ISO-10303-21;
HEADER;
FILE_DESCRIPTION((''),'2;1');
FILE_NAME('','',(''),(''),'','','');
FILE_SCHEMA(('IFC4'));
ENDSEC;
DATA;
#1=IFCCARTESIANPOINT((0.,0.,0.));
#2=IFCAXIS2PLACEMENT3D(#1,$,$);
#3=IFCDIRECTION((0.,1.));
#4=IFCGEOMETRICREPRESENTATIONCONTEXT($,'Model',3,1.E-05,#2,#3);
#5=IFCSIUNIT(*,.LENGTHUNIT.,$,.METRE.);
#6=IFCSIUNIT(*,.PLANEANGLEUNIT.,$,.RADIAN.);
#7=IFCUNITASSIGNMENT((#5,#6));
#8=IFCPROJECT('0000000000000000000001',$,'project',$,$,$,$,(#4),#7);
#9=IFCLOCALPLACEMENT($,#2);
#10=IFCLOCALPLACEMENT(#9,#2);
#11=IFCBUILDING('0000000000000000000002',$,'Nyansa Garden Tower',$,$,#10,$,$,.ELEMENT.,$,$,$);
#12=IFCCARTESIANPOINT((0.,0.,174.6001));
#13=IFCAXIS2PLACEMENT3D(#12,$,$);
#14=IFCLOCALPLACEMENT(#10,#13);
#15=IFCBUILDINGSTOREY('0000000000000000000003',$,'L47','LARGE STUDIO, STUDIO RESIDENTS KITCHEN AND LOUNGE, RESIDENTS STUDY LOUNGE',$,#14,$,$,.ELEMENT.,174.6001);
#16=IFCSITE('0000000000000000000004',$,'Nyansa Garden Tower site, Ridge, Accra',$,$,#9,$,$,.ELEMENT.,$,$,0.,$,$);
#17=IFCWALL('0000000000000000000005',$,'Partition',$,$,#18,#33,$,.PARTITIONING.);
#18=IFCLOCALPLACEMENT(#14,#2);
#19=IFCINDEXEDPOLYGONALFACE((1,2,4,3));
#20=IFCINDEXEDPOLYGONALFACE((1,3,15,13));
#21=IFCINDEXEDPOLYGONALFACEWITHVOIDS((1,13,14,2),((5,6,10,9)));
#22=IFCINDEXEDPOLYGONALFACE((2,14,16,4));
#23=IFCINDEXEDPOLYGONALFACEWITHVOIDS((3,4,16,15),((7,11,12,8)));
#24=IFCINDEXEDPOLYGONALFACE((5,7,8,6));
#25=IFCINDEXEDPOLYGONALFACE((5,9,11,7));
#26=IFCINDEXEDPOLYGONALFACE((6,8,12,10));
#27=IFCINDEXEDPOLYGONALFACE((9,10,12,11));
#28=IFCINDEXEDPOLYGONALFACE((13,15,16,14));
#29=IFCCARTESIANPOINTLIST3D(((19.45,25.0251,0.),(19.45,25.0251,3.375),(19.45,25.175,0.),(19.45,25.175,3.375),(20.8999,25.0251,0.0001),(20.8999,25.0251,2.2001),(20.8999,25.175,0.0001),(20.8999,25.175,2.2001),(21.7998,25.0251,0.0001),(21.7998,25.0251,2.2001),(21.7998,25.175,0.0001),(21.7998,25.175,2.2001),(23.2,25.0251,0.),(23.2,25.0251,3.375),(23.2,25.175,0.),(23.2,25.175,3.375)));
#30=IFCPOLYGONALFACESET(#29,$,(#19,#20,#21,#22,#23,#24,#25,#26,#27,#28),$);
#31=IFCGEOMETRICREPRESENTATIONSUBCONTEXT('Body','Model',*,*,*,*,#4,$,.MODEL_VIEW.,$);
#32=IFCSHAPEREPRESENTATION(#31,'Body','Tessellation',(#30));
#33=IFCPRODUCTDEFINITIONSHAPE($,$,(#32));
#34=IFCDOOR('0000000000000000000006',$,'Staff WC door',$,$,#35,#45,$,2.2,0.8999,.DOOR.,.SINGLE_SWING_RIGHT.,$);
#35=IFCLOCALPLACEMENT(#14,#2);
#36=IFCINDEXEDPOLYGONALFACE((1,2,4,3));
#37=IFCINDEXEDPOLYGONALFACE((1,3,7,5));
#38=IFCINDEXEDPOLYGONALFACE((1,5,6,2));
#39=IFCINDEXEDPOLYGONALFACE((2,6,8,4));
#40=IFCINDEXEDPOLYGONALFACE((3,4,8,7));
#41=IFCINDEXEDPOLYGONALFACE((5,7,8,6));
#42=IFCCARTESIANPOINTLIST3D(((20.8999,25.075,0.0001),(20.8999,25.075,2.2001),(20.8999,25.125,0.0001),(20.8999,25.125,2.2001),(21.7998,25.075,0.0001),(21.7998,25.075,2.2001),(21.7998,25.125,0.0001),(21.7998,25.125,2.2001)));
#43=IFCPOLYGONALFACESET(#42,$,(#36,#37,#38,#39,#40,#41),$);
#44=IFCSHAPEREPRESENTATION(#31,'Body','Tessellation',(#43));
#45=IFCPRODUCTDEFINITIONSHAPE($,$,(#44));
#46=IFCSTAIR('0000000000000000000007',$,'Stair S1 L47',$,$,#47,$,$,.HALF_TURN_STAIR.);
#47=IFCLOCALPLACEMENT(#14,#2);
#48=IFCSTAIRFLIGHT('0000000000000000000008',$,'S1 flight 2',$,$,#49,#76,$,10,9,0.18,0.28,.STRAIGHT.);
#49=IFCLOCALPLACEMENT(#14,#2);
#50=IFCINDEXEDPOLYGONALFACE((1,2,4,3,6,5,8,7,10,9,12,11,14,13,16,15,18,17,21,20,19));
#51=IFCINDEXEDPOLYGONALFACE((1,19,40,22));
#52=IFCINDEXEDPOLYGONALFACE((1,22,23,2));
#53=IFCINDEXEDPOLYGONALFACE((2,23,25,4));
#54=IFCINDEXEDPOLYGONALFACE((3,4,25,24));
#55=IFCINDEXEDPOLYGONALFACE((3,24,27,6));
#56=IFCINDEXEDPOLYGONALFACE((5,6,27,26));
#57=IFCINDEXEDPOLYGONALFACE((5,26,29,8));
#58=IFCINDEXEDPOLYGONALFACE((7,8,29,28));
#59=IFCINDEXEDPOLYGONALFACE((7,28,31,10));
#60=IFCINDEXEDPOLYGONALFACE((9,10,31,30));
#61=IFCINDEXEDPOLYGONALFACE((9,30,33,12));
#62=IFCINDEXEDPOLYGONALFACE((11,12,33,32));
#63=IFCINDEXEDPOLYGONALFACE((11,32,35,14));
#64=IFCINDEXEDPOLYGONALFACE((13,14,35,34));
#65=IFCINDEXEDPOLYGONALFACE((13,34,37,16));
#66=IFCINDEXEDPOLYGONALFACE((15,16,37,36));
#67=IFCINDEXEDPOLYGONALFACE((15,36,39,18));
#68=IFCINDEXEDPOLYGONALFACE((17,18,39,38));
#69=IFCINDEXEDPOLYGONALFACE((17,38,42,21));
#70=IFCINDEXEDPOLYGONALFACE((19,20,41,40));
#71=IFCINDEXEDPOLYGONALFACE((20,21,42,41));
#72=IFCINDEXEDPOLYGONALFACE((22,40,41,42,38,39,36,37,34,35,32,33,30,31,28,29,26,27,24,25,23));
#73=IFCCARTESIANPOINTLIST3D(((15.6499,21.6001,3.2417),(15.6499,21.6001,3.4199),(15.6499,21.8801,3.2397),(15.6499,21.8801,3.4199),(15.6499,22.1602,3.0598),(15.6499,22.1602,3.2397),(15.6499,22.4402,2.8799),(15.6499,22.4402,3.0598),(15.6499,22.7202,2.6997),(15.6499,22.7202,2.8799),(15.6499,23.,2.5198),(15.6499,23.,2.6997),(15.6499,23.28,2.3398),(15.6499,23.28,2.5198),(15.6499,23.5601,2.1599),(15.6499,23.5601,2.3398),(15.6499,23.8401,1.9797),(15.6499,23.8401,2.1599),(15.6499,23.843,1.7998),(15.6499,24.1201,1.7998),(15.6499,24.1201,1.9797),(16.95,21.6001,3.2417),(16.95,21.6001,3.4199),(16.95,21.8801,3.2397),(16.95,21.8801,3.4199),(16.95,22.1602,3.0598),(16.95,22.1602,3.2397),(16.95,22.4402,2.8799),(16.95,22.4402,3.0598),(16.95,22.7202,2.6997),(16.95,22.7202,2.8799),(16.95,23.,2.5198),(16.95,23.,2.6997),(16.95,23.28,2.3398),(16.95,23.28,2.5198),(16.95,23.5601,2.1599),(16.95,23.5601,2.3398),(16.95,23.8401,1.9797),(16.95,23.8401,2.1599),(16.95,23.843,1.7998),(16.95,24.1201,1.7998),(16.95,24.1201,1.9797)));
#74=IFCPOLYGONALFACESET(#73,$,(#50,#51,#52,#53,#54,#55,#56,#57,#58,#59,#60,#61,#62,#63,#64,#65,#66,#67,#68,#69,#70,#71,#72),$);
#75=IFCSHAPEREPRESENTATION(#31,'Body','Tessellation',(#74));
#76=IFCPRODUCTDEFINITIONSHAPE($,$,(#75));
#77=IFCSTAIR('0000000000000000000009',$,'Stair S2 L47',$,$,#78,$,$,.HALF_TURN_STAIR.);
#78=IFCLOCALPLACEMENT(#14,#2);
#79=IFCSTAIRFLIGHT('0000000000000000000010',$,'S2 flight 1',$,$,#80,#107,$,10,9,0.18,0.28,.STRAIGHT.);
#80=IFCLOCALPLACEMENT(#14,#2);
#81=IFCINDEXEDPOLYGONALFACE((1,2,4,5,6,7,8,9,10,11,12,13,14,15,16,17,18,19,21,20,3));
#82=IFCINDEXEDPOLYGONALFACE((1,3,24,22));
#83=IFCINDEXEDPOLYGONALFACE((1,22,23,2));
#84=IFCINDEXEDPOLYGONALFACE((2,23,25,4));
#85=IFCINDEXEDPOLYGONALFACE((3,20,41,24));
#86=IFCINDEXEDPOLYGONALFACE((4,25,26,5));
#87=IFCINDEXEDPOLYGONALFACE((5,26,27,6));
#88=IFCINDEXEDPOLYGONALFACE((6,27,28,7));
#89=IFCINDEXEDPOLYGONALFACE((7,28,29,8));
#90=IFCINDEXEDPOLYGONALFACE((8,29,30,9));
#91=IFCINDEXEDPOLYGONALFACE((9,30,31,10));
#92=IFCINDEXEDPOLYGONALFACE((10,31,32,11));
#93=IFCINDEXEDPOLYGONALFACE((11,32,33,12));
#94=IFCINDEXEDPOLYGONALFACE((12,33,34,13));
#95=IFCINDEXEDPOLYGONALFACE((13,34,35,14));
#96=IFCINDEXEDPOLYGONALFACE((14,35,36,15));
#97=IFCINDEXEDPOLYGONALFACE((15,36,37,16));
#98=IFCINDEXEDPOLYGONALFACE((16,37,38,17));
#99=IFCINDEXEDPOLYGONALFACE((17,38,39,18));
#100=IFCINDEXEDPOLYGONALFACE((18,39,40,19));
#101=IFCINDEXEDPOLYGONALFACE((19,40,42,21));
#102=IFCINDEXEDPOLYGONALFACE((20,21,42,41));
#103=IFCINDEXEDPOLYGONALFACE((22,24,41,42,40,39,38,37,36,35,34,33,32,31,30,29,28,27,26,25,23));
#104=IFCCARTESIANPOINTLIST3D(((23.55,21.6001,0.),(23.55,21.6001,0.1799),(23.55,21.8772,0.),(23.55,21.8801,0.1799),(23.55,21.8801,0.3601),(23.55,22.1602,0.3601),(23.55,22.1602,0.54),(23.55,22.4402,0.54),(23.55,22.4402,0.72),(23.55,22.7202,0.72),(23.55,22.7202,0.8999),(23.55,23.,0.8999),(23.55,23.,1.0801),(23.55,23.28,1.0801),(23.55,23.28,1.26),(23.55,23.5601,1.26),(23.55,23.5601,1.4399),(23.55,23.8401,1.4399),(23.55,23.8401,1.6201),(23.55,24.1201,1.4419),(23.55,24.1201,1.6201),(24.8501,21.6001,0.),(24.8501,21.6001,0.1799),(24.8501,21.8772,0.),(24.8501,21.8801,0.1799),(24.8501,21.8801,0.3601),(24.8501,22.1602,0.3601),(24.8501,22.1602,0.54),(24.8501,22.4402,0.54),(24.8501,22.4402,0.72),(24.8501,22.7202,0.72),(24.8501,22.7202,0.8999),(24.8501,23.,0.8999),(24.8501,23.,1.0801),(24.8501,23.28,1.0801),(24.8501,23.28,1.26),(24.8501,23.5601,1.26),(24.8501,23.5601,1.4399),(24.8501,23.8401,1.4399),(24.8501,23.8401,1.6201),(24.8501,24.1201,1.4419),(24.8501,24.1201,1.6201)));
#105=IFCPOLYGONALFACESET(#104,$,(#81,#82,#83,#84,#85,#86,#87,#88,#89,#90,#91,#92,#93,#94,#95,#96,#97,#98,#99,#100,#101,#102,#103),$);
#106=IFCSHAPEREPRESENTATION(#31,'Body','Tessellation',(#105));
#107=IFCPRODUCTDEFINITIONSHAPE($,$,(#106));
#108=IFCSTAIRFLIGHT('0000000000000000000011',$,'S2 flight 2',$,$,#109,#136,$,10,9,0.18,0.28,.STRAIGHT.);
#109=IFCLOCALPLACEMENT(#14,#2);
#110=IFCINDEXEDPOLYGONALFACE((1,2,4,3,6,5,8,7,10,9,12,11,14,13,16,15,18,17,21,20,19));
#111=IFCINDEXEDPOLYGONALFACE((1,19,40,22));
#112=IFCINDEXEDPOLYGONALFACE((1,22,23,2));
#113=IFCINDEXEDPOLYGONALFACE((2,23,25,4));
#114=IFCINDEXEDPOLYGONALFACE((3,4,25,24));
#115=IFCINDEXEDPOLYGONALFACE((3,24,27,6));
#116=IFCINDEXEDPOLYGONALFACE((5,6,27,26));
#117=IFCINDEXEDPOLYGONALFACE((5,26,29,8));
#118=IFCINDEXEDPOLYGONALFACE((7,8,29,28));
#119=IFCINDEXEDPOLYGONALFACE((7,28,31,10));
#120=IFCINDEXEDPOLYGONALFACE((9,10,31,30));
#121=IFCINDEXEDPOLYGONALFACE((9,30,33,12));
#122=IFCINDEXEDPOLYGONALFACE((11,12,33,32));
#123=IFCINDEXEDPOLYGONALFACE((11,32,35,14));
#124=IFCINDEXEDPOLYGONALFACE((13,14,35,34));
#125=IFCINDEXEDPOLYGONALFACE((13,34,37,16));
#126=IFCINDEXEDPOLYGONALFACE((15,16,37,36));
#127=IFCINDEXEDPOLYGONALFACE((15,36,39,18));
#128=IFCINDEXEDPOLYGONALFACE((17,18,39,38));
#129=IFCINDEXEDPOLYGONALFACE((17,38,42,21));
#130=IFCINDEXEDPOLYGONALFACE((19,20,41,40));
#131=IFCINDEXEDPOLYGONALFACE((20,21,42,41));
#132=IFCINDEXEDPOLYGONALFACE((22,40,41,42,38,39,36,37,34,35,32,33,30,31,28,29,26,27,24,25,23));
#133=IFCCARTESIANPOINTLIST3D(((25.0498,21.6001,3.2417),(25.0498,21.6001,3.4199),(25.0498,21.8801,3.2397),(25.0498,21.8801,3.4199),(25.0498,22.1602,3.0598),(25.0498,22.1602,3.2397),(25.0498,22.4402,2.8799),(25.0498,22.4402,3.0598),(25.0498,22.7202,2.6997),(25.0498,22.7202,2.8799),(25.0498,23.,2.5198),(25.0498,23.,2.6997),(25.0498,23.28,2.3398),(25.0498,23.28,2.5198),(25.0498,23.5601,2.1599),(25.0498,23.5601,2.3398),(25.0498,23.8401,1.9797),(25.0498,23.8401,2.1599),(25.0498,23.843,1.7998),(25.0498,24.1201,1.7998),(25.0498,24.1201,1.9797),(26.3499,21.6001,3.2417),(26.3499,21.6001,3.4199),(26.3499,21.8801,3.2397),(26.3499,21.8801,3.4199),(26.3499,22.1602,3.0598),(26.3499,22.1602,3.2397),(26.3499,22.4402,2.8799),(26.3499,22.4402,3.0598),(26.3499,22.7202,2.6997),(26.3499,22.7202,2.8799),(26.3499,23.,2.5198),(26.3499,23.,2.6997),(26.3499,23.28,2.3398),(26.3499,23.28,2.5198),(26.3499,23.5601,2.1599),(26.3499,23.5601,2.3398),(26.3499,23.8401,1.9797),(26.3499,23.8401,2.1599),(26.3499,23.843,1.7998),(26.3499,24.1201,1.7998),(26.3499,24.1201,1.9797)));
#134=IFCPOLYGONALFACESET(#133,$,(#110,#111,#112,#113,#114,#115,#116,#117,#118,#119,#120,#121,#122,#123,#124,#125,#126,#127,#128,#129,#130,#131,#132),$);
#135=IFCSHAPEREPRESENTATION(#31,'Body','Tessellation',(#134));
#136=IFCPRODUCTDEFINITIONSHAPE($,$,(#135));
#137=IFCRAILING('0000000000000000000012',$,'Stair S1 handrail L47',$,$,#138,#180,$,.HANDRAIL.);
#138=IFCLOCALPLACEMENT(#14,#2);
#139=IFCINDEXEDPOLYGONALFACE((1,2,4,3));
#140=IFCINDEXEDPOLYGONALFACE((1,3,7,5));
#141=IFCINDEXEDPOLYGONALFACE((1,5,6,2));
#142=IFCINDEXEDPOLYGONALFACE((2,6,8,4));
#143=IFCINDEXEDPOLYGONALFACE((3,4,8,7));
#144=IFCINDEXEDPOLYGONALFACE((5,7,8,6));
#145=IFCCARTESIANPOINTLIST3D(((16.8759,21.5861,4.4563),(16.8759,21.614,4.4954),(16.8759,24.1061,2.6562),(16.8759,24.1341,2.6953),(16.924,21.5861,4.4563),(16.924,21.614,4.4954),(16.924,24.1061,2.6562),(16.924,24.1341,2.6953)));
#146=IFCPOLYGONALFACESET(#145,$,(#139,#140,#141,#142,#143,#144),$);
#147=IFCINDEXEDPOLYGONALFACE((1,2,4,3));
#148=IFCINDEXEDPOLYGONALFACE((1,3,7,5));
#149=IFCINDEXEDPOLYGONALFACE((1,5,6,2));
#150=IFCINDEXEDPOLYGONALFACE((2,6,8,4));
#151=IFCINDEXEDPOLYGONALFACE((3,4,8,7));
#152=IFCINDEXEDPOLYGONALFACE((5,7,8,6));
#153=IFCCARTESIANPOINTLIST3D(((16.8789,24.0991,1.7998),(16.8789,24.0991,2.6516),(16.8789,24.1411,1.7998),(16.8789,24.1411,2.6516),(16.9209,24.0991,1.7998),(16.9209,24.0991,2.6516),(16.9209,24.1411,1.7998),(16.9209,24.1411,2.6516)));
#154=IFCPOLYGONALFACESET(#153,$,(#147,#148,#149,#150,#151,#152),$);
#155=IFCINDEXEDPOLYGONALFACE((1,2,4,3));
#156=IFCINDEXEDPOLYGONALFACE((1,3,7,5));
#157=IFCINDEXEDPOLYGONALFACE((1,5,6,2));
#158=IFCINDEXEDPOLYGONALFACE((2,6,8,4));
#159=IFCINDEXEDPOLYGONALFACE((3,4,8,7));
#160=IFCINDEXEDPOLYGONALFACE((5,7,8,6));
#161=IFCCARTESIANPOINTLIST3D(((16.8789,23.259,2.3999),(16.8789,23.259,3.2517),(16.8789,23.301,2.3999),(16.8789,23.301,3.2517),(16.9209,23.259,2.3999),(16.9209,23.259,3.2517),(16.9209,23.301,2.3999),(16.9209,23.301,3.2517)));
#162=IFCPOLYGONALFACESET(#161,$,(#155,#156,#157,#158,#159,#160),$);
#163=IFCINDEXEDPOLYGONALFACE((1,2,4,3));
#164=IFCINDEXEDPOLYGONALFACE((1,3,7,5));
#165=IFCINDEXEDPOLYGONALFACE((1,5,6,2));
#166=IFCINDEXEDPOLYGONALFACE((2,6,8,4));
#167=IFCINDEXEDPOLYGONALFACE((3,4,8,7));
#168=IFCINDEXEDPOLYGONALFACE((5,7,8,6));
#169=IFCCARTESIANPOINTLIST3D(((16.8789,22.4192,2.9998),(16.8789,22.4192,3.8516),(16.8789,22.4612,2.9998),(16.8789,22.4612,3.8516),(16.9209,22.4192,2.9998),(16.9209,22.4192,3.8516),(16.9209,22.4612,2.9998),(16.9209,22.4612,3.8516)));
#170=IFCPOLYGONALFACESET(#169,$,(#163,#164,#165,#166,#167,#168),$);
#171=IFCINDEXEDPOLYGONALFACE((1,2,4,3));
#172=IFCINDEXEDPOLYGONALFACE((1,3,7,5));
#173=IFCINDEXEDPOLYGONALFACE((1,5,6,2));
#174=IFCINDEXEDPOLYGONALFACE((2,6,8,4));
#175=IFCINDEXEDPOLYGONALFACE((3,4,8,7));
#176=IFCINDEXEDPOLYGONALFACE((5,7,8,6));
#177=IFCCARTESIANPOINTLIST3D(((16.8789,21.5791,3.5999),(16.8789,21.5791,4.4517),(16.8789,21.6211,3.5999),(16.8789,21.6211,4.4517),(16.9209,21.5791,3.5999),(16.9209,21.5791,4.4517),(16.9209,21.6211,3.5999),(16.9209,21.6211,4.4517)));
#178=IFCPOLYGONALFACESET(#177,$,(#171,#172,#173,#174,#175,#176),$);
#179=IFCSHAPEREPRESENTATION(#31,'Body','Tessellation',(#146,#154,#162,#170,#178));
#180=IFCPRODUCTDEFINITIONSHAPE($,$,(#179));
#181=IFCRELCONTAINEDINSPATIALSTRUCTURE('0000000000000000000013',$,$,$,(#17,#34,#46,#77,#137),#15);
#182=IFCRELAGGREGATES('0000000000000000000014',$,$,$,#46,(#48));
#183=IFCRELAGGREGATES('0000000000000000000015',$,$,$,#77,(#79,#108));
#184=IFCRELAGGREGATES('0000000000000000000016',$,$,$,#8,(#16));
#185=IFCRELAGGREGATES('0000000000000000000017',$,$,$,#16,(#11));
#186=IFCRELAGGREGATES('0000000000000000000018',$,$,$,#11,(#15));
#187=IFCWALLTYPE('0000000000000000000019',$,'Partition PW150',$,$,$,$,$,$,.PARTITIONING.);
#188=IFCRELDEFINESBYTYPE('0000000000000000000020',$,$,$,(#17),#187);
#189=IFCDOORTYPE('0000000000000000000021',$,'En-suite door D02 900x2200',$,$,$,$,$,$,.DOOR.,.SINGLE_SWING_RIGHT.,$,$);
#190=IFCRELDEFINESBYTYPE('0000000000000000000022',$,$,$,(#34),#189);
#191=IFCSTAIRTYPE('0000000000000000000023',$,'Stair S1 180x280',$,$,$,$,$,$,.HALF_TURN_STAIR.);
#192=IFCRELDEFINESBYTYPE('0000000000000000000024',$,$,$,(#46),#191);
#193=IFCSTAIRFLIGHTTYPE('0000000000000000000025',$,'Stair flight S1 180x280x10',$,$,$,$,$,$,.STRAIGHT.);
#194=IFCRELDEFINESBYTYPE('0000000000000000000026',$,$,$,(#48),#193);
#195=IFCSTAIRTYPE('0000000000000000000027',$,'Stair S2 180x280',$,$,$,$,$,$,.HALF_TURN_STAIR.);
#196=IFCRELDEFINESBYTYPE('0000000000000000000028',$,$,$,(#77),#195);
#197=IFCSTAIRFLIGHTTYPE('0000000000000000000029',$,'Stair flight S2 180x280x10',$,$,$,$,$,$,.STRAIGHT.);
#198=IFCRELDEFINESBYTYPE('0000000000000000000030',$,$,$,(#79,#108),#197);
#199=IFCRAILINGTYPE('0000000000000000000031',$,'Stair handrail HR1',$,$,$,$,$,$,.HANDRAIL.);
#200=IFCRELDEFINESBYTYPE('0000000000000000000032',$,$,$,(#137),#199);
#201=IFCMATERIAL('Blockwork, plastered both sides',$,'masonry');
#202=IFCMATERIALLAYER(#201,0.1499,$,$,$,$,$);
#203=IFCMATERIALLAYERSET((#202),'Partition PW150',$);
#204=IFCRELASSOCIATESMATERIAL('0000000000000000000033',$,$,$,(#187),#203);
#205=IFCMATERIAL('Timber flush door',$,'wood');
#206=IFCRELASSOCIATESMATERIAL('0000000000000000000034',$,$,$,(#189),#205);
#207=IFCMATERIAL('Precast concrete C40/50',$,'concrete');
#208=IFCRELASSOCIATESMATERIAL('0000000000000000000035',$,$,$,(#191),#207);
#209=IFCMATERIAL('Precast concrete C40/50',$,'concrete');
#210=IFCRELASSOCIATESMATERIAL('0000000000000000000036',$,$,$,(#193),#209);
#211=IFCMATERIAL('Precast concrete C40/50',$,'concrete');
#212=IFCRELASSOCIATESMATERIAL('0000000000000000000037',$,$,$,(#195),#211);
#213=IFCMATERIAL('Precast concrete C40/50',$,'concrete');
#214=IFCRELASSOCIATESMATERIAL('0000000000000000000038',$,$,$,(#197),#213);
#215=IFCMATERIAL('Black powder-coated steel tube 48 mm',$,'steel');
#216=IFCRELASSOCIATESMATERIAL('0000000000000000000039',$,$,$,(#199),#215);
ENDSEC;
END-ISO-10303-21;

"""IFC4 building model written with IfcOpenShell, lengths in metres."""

from ifc_helpers import new_model, si_unit, direction, frame, frame_2d, origin, origin_2d, place, context, subcontext, project, spatial, polyline, rectangle, outline, extrude, material, layer, layer_set, type_object, element, fill, aggregate, save


model = new_model("IFC4")

# Units and contexts
model_context = context("Model", 3, precision=1e-05, world=origin(), true_north=direction((0.0, 1.0)))
body_context = subcontext(model_context, "Body", "Model", "MODEL_VIEW")
ifc_project = project(units=[si_unit("LENGTHUNIT", "METRE"), si_unit("PLANEANGLEUNIT", "RADIAN")], contexts=[model_context])

# Site, building, storey
site_placement = place(None, origin())
site = spatial("IfcSite", under=ifc_project, at=site_placement, Name="Nyansa Garden Tower site, Ridge, Accra", CompositionType="ELEMENT", RefElevation=0.0)
building_placement = place(site_placement, origin())
building = spatial("IfcBuilding", under=site, at=building_placement, Name="Nyansa Garden Tower", CompositionType="ELEMENT")
storey_placement = place(building_placement, frame((0.0, 0.0, 174.6001)))
storey = spatial("IfcBuildingStorey", under=building, at=storey_placement, Name="L47", Description="LARGE STUDIO, STUDIO RESIDENTS KITCHEN AND LOUNGE, RESIDENTS STUDY LOUNGE", CompositionType="ELEMENT", Elevation=174.6001)

# Shared definitions
ifc_material_1 = material(Name="Blockwork, plastered both sides", Category="masonry")
ifc_layer_1 = layer(ifc_material_1, 0.1499)
ifc_layer_set_1 = layer_set([ifc_layer_1], Name="Partition PW150")
wall_type_1 = type_object("IfcWallType", Name="Partition PW150", PredefinedType="PARTITIONING", material=ifc_layer_set_1)

# Wall, opening, door
wall_1_placement = place(storey_placement, frame((19.45, 25.1001, 0.0), z_axis=(0.0, 0.0, 1.0), x_axis=(1.0, 0.0, 0.0)))
wall_1 = element("IfcWall", 1, at=wall_1_placement, inside=storey, type_object=wall_type_1, Name="Partition", PredefinedType="PARTITIONING", context=body_context, shape_type="SweptSolid", body=[
    extrude(rectangle(XDim=3.75, YDim=0.1499, at=frame_2d((1.875, 0.0))), origin(), (0.0, 0.0, 1.0), 3.375),
])
opening_1_placement = place(wall_1_placement, frame((1.45, 0.0, 0.0)))
opening_1 = element("IfcOpeningElement", 2, at=opening_1_placement, cuts=wall_1, PredefinedType="OPENING", context=body_context, shape_type="SweptSolid", body=[
    extrude(rectangle(XDim=0.8999, YDim=2.2, at=frame_2d((0.45, 1.1001))), frame((0.0, 0.085, 0.0), z_axis=(0.0, -1.0, 0.0), x_axis=(1.0, 0.0, 0.0)), (0.0, 0.0, 1.0), 0.1699),
])
ifc_material_2 = material(Name="Timber flush door", Category="wood")
door_type_1 = type_object("IfcDoorType", Name="En-suite door D02 900x2200", OperationType="SINGLE_SWING_RIGHT", PredefinedType="DOOR", material=ifc_material_2)
door_1_placement = place(opening_1_placement, origin())
door_1 = element("IfcDoor", 3, at=door_1_placement, inside=storey, type_object=door_type_1, Name="Staff WC door", OperationType="SINGLE_SWING_RIGHT", OverallHeight=2.2, OverallWidth=0.8999, PredefinedType="DOOR", context=body_context, shape_type="SweptSolid", body=[
    extrude(rectangle(XDim=0.8999, YDim=2.2, at=frame_2d((0.45, 1.1001))), frame((0.0, 0.0249, 0.0), z_axis=(0.0, -1.0, 0.0), x_axis=(1.0, 0.0, 0.0)), (0.0, 0.0, 1.0), 0.05),
])
fill(opening_1, door_1)

# Stair, stair flight
ifc_material_3 = material(Name="Precast concrete C40/50", Category="concrete")
stair_type_1 = type_object("IfcStairType", Name="Stair S1 180x280", PredefinedType="HALF_TURN_STAIR", material=ifc_material_3)
stair_1_placement = place(storey_placement, origin())
stair_1 = element("IfcStair", 4, at=stair_1_placement, inside=storey, type_object=stair_type_1, Name="Stair S1 L47", PredefinedType="HALF_TURN_STAIR")
ifc_material_4 = material(Name="Precast concrete C40/50", Category="concrete")
stair_flight_type_1 = type_object("IfcStairFlightType", Name="Stair flight S1 180x280x10", PredefinedType="STRAIGHT", material=ifc_material_4)
stair_flight_1_placement = place(storey_placement, frame((16.3, 24.1201, 1.7998), z_axis=(0.0, 0.0, 1.0), x_axis=(0.0, -1.0, 0.0)))
stair_flight_1 = element("IfcStairFlight", 5, at=stair_flight_1_placement, type_object=stair_flight_type_1, Name="S1 flight 2", NumberOfRisers=10, NumberOfTreads=9, PredefinedType="STRAIGHT", RiserHeight=0.18, TreadLength=0.28, context=body_context, shape_type="SweptSolid", body=[
    extrude(outline(polyline([(0.0, 0.0), (0.0, 0.1799), (0.28, 0.1799), (0.28, 0.3601), (0.5601, 0.3601), (0.5601, 0.54), (0.8401, 0.54), (0.8401, 0.72), (1.1201, 0.72), (1.1201, 0.8999), (1.3999, 0.8999), (1.3999, 1.0801), (1.6799, 1.0801), (1.6799, 1.26), (1.96, 1.26), (1.96, 1.4399), (2.24, 1.4399), (2.24, 1.6201), (2.52, 1.6201), (2.52, 1.8), (2.52, 1.4419), (0.2771, 0.0), (0.0, 0.0)])), frame((0.0, 0.6499, 0.0), z_axis=(0.0, -1.0, 0.0), x_axis=(1.0, 0.0, 0.0)), (0.0, 0.0, 1.0), 1.3),
])
aggregate(stair_1, [stair_flight_1])

# Stair, stair flights
ifc_material_5 = material(Name="Precast concrete C40/50", Category="concrete")
stair_type_2 = type_object("IfcStairType", Name="Stair S2 180x280", PredefinedType="HALF_TURN_STAIR", material=ifc_material_5)
stair_2_placement = place(storey_placement, origin())
stair_2 = element("IfcStair", 6, at=stair_2_placement, inside=storey, type_object=stair_type_2, Name="Stair S2 L47", PredefinedType="HALF_TURN_STAIR")
ifc_material_6 = material(Name="Precast concrete C40/50", Category="concrete")
stair_flight_type_2 = type_object("IfcStairFlightType", Name="Stair flight S2 180x280x10", PredefinedType="STRAIGHT", material=ifc_material_6)
stair_flight_2_placement = place(storey_placement, frame((24.2, 21.6001, 0.0), z_axis=(0.0, 0.0, 1.0), x_axis=(0.0, 1.0, 0.0)))
stair_flight_2 = element("IfcStairFlight", 7, at=stair_flight_2_placement, type_object=stair_flight_type_2, Name="S2 flight 1", NumberOfRisers=10, NumberOfTreads=9, PredefinedType="STRAIGHT", RiserHeight=0.18, TreadLength=0.28, context=body_context, shape_type="SweptSolid", body=[
    extrude(outline(polyline([(0.0, 0.0), (0.0, 0.1799), (0.28, 0.1799), (0.28, 0.3601), (0.5601, 0.3601), (0.5601, 0.54), (0.8401, 0.54), (0.8401, 0.72), (1.1201, 0.72), (1.1201, 0.8999), (1.3999, 0.8999), (1.3999, 1.0801), (1.6799, 1.0801), (1.6799, 1.26), (1.96, 1.26), (1.96, 1.4399), (2.24, 1.4399), (2.24, 1.6201), (2.52, 1.6201), (2.52, 1.8), (2.52, 1.4419), (0.2771, 0.0), (0.0, 0.0)])), frame((0.0, 0.6499, 0.0), z_axis=(0.0, -1.0, 0.0), x_axis=(1.0, 0.0, 0.0)), (0.0, 0.0, 1.0), 1.3),
])
stair_flight_3_placement = place(storey_placement, frame((25.7, 24.1201, 1.7998), z_axis=(0.0, 0.0, 1.0), x_axis=(0.0, -1.0, 0.0)))
stair_flight_3 = element("IfcStairFlight", 8, at=stair_flight_3_placement, type_object=stair_flight_type_2, Name="S2 flight 2", NumberOfRisers=10, NumberOfTreads=9, PredefinedType="STRAIGHT", RiserHeight=0.18, TreadLength=0.28, context=body_context, shape_type="SweptSolid", body=[
    extrude(outline(polyline([(0.0, 0.0), (0.0, 0.1799), (0.28, 0.1799), (0.28, 0.3601), (0.5601, 0.3601), (0.5601, 0.54), (0.8401, 0.54), (0.8401, 0.72), (1.1201, 0.72), (1.1201, 0.8999), (1.3999, 0.8999), (1.3999, 1.0801), (1.6799, 1.0801), (1.6799, 1.26), (1.96, 1.26), (1.96, 1.4399), (2.24, 1.4399), (2.24, 1.6201), (2.52, 1.6201), (2.52, 1.8), (2.52, 1.4419), (0.2771, 0.0), (0.0, 0.0)])), frame((0.0, 0.6499, 0.0), z_axis=(0.0, -1.0, 0.0), x_axis=(1.0, 0.0, 0.0)), (0.0, 0.0, 1.0), 1.3),
])
aggregate(stair_2, [stair_flight_2, stair_flight_3])

# Railing
ifc_material_7 = material(Name="Black powder-coated steel tube 48 mm", Category="steel")
railing_type = type_object("IfcRailingType", Name="Stair handrail HR1", PredefinedType="HANDRAIL", material=ifc_material_7)
railing_1_placement = place(storey_placement, frame((16.8999, 24.1201, 1.7998)))
element("IfcRailing", 9, at=railing_1_placement, inside=storey, type_object=railing_type, Name="Stair S1 handrail L47", PredefinedType="HANDRAIL", context=body_context, shape_type="SweptSolid", body=[
    extrude(rectangle(XDim=0.0481, YDim=0.0481, at=origin_2d()), frame((0.0, 0.0, 0.876), z_axis=(0.0, -0.813728, 0.581246), x_axis=(1.0, 0.0, 0.0)), (0.0, 0.0, 1.0), 3.0969),
    extrude(rectangle(XDim=0.042, YDim=0.042, at=origin_2d()), origin(), (0.0, 0.0, 1.0), 0.8518),
    extrude(rectangle(XDim=0.042, YDim=0.042, at=origin_2d()), frame((0.0, -0.8401, 0.6001)), (0.0, 0.0, 1.0), 0.8518),
    extrude(rectangle(XDim=0.042, YDim=0.042, at=origin_2d()), frame((0.0, -1.6799, 1.2)), (0.0, 0.0, 1.0), 0.8518),
    extrude(rectangle(XDim=0.042, YDim=0.042, at=origin_2d()), frame((0.0, -2.52, 1.8)), (0.0, 0.0, 1.0), 0.8518),
])

save(model, "model.ifc")
